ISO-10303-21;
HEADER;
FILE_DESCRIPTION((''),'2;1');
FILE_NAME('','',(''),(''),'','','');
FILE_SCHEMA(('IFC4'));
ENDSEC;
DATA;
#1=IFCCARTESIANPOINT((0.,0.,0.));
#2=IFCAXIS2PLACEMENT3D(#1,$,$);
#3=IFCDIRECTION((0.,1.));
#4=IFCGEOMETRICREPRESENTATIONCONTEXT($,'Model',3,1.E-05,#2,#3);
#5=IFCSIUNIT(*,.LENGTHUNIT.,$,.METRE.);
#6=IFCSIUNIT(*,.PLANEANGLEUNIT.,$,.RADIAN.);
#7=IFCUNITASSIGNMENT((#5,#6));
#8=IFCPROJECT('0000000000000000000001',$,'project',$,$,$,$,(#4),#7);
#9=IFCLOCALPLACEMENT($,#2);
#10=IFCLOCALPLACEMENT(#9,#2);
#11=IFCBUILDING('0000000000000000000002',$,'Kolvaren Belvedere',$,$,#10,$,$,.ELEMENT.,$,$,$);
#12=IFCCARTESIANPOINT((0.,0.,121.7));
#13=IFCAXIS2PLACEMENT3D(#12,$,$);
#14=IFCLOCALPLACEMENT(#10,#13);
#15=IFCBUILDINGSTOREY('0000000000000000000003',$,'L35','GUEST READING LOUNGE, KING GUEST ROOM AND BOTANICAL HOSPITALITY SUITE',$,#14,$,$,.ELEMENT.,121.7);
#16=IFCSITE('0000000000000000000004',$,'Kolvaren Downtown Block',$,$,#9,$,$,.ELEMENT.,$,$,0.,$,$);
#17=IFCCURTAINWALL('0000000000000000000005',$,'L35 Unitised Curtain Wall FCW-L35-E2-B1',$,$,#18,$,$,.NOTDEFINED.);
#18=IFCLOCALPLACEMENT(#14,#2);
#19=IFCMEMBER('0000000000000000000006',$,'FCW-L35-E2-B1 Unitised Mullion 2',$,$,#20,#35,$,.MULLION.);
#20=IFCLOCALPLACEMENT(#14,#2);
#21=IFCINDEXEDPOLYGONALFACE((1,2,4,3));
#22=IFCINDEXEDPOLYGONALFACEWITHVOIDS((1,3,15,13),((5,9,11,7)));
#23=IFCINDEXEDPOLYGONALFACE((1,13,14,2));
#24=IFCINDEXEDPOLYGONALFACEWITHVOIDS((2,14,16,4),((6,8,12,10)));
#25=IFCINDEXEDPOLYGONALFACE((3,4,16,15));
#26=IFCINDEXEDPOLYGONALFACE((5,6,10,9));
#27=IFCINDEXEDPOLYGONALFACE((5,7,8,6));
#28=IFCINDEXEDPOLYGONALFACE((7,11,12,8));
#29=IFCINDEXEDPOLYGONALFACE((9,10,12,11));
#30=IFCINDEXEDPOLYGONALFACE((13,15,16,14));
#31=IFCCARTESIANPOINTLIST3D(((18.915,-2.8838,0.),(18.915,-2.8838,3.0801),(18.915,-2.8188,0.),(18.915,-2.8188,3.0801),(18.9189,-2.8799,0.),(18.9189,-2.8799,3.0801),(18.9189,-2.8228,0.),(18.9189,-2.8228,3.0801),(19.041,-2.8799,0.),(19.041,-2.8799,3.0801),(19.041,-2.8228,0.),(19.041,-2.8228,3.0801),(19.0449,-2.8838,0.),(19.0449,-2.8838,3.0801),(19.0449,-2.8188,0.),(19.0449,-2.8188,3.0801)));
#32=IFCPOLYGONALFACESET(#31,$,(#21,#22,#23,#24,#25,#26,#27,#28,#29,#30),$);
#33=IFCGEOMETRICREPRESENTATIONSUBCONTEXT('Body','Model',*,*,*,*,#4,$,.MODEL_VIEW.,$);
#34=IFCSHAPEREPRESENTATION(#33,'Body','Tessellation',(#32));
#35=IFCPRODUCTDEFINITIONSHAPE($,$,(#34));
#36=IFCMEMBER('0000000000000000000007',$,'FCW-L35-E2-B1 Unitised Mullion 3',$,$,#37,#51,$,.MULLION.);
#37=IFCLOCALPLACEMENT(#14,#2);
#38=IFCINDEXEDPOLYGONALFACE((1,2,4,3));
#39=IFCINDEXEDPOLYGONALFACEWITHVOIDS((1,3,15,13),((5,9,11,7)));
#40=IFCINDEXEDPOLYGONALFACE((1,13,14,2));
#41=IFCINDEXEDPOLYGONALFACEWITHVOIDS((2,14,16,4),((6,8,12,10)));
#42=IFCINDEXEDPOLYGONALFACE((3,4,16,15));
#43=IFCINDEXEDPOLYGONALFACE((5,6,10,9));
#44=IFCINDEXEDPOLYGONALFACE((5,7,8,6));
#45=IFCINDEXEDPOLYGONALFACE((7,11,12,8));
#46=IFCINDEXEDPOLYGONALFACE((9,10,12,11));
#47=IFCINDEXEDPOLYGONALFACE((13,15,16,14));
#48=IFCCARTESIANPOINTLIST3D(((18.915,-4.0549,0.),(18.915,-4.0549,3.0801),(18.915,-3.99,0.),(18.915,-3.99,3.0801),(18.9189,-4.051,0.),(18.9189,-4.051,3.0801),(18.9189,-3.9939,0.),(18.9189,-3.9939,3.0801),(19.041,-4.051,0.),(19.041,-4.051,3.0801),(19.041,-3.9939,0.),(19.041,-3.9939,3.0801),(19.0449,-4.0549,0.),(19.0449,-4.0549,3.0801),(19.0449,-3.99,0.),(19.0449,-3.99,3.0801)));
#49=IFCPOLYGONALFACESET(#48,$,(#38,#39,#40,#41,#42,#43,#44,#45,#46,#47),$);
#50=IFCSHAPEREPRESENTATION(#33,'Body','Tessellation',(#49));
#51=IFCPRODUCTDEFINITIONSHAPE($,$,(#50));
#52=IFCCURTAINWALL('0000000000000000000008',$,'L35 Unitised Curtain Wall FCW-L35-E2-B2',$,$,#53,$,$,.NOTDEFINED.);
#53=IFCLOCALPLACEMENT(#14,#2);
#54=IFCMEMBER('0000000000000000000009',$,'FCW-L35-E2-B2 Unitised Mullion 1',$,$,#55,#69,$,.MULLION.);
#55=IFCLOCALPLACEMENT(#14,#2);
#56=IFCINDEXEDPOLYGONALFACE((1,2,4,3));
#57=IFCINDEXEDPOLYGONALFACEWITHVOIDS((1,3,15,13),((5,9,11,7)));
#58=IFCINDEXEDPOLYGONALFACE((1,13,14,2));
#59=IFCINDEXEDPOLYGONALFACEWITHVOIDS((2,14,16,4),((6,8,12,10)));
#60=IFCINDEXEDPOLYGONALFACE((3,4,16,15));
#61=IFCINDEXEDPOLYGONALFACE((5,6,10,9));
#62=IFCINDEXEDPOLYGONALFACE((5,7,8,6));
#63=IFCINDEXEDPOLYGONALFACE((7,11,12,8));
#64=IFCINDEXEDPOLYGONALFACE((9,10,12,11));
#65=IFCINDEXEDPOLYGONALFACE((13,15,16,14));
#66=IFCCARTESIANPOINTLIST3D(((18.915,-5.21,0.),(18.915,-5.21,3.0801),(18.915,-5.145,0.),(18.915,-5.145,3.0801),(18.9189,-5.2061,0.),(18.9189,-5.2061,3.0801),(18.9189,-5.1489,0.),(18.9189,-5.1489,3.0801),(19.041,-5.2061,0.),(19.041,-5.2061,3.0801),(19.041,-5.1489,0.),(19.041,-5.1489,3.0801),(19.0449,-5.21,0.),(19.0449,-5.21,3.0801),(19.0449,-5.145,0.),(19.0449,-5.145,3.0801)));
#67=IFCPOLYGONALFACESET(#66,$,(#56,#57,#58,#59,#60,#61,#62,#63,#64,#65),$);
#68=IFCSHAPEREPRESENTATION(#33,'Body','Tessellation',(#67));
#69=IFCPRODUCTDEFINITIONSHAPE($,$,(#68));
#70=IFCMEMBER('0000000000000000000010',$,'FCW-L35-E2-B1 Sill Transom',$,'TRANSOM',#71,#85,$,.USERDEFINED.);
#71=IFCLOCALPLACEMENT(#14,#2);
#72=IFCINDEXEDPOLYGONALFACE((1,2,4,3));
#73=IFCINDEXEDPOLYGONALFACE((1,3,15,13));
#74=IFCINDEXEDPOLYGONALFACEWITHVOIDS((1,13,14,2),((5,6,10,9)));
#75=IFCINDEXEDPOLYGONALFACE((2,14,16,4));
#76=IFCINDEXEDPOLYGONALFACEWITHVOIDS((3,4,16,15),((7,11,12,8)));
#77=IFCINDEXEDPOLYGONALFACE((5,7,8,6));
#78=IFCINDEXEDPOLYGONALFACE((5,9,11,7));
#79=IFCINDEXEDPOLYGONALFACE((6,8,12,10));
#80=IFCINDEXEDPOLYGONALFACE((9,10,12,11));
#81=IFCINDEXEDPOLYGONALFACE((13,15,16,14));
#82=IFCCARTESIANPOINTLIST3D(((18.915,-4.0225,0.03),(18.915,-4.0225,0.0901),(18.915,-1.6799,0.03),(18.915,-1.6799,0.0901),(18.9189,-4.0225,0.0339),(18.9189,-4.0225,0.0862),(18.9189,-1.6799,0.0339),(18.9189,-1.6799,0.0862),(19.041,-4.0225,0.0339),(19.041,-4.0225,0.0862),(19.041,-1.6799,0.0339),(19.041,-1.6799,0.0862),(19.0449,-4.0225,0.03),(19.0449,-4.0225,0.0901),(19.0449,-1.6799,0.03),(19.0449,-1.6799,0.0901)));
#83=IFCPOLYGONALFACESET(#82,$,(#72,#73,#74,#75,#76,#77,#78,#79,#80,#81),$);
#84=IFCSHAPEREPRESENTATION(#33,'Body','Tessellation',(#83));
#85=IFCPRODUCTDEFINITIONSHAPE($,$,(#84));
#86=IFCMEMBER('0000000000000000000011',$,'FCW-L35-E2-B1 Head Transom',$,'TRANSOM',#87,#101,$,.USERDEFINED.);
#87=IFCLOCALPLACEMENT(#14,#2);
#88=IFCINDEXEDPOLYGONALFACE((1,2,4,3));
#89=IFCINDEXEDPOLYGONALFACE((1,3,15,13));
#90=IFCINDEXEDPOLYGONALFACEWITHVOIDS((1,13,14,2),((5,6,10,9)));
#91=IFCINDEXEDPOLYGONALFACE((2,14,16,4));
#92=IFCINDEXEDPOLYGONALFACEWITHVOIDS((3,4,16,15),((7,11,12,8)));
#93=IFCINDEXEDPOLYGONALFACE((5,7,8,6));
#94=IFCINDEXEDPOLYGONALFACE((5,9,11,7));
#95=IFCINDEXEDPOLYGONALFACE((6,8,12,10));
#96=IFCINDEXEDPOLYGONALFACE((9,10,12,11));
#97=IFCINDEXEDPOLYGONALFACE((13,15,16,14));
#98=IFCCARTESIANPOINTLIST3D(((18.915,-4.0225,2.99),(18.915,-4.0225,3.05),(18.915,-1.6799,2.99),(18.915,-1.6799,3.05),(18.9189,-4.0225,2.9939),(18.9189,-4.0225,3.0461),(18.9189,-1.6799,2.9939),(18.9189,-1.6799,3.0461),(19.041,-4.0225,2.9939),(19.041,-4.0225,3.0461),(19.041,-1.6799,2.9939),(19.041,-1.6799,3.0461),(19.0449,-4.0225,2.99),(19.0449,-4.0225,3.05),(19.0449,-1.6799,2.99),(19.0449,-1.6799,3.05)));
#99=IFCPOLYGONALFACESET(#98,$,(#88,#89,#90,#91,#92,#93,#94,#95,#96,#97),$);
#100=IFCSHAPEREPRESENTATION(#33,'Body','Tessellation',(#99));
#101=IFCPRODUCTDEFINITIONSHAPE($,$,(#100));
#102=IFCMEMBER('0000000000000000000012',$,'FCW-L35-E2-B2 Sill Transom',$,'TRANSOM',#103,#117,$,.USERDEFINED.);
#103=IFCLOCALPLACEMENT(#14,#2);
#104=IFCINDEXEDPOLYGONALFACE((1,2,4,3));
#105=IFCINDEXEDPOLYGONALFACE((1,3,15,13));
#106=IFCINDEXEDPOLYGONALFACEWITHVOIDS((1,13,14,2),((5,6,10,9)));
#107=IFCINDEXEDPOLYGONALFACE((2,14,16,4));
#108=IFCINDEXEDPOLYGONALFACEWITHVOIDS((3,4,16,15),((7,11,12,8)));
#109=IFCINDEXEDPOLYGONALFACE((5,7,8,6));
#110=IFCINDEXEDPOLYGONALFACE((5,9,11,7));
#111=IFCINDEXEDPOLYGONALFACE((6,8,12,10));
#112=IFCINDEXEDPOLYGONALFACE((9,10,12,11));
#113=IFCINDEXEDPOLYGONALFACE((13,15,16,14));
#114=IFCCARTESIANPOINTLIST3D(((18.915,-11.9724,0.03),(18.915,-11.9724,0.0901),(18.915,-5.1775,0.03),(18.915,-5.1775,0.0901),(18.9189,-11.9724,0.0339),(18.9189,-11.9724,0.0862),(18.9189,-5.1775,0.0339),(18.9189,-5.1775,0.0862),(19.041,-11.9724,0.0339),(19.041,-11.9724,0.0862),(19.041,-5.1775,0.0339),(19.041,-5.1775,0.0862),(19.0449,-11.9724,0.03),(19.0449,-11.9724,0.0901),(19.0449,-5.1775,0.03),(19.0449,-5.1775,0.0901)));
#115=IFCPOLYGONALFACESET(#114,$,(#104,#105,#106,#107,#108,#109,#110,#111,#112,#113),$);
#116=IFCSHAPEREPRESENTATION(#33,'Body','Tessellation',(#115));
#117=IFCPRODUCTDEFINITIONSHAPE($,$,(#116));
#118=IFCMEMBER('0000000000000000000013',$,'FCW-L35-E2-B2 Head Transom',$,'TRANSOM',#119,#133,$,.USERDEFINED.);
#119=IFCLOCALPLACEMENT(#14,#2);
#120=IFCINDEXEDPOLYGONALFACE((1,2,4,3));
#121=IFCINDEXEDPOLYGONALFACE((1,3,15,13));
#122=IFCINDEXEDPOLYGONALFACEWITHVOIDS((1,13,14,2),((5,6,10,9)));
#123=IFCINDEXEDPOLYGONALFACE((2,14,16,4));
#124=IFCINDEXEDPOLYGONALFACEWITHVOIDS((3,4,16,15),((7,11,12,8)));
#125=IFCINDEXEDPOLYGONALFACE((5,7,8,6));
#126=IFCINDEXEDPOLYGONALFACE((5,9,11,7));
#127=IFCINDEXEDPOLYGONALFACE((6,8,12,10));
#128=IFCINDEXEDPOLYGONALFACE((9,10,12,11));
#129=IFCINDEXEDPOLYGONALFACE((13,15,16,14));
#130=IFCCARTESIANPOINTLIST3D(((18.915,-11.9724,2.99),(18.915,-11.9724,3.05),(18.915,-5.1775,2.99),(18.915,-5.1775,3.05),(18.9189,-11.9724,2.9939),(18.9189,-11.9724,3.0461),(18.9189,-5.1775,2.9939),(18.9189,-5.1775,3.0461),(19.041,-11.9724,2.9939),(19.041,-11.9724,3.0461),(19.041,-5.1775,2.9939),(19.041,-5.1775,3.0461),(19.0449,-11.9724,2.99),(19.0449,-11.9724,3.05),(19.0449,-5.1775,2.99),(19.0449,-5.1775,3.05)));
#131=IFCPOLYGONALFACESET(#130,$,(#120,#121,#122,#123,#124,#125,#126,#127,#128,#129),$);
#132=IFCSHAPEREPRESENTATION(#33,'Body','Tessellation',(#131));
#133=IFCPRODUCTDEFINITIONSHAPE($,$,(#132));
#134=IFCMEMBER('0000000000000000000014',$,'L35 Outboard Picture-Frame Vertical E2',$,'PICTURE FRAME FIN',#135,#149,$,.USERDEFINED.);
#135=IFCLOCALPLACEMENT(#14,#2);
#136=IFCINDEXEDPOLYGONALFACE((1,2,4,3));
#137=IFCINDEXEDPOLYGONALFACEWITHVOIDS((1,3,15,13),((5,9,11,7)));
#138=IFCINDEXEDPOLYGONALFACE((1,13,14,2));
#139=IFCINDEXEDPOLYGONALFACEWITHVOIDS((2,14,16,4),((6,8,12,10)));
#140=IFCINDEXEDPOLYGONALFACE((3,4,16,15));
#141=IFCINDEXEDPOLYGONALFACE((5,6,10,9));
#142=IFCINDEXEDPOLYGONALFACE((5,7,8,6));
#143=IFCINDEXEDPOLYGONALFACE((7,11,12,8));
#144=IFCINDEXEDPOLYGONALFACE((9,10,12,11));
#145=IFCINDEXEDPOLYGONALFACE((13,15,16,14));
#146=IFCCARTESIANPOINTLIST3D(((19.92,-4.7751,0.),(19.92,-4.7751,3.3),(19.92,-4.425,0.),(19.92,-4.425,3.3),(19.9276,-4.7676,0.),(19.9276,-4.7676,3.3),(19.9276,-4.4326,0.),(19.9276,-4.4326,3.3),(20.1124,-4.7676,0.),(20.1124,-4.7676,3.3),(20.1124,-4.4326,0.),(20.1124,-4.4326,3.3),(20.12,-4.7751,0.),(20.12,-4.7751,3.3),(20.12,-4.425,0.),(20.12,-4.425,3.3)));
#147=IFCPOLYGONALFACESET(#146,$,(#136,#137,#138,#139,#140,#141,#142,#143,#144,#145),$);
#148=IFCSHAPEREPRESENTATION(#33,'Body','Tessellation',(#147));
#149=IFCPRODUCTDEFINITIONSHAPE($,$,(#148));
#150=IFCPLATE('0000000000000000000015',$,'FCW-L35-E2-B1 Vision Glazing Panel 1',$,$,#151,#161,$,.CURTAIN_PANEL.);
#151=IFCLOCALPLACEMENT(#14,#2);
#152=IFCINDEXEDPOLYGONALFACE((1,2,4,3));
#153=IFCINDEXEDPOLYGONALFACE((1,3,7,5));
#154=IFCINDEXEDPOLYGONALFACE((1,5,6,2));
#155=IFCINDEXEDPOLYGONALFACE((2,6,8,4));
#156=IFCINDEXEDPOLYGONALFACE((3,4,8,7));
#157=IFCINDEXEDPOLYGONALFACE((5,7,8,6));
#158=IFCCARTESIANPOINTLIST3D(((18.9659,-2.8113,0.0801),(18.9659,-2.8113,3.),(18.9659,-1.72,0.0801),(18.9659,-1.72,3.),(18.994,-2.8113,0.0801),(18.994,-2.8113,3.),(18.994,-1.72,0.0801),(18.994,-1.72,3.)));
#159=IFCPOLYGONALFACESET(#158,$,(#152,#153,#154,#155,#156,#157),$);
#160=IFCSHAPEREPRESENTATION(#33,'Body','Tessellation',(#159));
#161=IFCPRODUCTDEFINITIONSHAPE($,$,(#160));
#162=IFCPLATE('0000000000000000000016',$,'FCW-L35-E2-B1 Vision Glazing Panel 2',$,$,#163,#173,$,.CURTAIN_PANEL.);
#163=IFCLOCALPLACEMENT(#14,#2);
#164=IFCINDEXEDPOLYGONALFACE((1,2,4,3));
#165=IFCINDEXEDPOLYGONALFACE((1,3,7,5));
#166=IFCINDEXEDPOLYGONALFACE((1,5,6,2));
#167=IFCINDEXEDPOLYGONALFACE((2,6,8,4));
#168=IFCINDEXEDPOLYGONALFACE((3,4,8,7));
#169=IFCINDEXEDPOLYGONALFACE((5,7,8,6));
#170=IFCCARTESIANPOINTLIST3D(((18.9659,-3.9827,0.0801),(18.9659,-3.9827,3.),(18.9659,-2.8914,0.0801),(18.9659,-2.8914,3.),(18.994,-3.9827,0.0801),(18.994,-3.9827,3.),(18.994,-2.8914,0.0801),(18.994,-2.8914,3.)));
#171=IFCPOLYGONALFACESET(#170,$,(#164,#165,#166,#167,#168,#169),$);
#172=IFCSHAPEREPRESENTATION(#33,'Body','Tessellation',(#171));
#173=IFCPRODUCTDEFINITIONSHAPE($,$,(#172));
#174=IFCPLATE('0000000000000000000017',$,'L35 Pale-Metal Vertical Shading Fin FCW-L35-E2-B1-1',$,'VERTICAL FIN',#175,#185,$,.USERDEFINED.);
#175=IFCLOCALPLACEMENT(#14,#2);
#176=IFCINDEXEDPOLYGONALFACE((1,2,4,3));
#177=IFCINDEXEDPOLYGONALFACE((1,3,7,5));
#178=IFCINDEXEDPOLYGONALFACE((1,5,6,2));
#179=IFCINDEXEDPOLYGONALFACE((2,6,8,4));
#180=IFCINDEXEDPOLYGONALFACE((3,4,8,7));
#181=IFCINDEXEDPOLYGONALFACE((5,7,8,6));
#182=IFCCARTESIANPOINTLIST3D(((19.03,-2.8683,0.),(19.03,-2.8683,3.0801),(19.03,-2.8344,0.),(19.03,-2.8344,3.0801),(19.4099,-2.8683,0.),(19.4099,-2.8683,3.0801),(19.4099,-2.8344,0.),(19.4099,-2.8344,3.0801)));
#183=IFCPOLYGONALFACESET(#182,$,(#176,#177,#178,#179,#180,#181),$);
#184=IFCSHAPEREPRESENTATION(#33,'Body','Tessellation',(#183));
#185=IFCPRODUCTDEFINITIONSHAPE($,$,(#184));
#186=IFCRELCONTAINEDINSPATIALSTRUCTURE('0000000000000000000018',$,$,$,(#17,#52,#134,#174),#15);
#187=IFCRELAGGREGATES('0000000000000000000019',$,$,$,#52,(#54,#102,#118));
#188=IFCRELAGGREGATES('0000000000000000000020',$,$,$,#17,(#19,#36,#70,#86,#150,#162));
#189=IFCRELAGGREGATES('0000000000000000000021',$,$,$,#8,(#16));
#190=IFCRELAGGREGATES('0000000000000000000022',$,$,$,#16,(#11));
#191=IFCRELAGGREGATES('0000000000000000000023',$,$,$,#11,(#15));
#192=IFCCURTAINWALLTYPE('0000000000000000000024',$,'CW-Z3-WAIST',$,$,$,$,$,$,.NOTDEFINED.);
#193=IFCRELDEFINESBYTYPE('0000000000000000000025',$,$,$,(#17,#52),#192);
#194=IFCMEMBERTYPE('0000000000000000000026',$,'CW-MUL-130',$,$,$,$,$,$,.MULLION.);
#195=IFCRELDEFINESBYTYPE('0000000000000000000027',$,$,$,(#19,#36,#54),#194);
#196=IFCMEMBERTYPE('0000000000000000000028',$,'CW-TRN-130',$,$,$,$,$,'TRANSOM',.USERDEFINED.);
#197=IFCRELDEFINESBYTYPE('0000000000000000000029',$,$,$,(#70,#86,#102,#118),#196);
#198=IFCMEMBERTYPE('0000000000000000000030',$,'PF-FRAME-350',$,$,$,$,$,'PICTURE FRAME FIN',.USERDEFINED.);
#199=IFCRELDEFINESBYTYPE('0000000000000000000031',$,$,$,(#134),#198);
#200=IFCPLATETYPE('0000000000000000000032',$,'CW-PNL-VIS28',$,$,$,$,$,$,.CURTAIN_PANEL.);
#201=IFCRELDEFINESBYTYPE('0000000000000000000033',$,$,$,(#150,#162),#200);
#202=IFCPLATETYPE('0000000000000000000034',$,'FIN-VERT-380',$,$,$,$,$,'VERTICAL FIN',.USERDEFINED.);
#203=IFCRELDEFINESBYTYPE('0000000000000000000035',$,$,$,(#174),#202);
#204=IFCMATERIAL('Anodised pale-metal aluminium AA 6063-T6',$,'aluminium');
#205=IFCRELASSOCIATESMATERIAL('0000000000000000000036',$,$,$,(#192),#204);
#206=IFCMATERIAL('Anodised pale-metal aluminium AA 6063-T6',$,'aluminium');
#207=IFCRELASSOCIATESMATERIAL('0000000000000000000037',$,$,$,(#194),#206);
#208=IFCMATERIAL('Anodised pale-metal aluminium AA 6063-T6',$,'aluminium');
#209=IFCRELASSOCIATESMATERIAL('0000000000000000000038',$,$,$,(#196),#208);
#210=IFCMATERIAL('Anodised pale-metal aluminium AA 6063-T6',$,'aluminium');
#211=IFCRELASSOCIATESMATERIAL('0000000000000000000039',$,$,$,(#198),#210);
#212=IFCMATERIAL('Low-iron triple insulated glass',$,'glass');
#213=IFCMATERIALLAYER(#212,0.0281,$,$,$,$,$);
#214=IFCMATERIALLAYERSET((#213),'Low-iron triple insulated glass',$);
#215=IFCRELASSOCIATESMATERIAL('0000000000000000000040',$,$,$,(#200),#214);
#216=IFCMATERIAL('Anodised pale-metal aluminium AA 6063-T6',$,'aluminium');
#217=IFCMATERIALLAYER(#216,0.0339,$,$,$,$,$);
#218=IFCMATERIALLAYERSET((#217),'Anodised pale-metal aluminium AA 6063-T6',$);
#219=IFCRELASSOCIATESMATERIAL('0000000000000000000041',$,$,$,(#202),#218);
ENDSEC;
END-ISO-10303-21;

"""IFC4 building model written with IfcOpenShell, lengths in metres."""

from ifc_helpers import new_model, si_unit, direction, frame, origin, origin_2d, place, context, subcontext, project, spatial, rectangle, hollow_rectangle, extrude, material, layer, layer_set, material_profile, profile_set, type_object, element, aggregate, save


model = new_model("IFC4")

# Units and contexts
model_context = context("Model", 3, precision=1e-05, world=origin(), true_north=direction((0.0, 1.0)))
body_context = subcontext(model_context, "Body", "Model", "MODEL_VIEW")
ifc_project = project(units=[si_unit("LENGTHUNIT", "METRE"), si_unit("PLANEANGLEUNIT", "RADIAN")], contexts=[model_context])

# Site, building, storey
site_placement = place(None, origin())
site = spatial("IfcSite", under=ifc_project, at=site_placement, Name="Kolvaren Downtown Block", CompositionType="ELEMENT", RefElevation=0.0)
building_placement = place(site_placement, origin())
building = spatial("IfcBuilding", under=site, at=building_placement, Name="Kolvaren Belvedere", CompositionType="ELEMENT")
storey_placement = place(building_placement, frame((0.0, 0.0, 121.7)))
storey = spatial("IfcBuildingStorey", under=building, at=storey_placement, Name="L35", Description="GUEST READING LOUNGE, KING GUEST ROOM AND BOTANICAL HOSPITALITY SUITE", CompositionType="ELEMENT", Elevation=121.7)

# Curtain wall, members
ifc_material_1 = material(Name="Anodised pale-metal aluminium AA 6063-T6", Category="aluminium")
curtain_wall_type = type_object("IfcCurtainWallType", Name="CW-Z3-WAIST", PredefinedType="NOTDEFINED", material=ifc_material_1)
curtain_wall_1_placement = place(storey_placement, origin())
curtain_wall_1 = element("IfcCurtainWall", 1, at=curtain_wall_1_placement, inside=storey, type_object=curtain_wall_type, Name="L35 Unitised Curtain Wall FCW-L35-E2-B1", PredefinedType="NOTDEFINED")
ifc_material_2 = material(Name="Anodised pale-metal aluminium AA 6063-T6", Category="aluminium")
ifc_material_profile_1 = material_profile(ifc_material_2, hollow_rectangle(XDim=0.0649, YDim=0.1299, WallThickness=0.0039, at=origin_2d()), Name="ALU-MUL-130X65")
ifc_profile_set_1 = profile_set([ifc_material_profile_1], Name="Anodised pale-metal aluminium AA 6063-T6")
member_type_1 = type_object("IfcMemberType", Name="CW-MUL-130", PredefinedType="MULLION", material=ifc_profile_set_1)
member_1_placement = place(storey_placement, frame((18.98, -2.8513, 0.0), z_axis=(0.0, 0.0, 1.0), x_axis=(0.0, 1.0, 0.0)))
member_1 = element("IfcMember", 2, at=member_1_placement, type_object=member_type_1, Name="FCW-L35-E2-B1 Unitised Mullion 2", PredefinedType="MULLION", context=body_context, shape_type="SweptSolid", body=[
    extrude(hollow_rectangle(XDim=0.0649, YDim=0.1299, WallThickness=0.0039, at=origin_2d()), origin(), (0.0, 0.0, 1.0), 3.0801),
])
member_2_placement = place(storey_placement, frame((18.98, -4.0225, 0.0), z_axis=(0.0, 0.0, 1.0), x_axis=(0.0, 1.0, 0.0)))
member_2 = element("IfcMember", 3, at=member_2_placement, type_object=member_type_1, Name="FCW-L35-E2-B1 Unitised Mullion 3", PredefinedType="MULLION", context=body_context, shape_type="SweptSolid", body=[
    extrude(hollow_rectangle(XDim=0.0649, YDim=0.1299, WallThickness=0.0039, at=origin_2d()), origin(), (0.0, 0.0, 1.0), 3.0801),
])

# Curtain wall, member
curtain_wall_2_placement = place(storey_placement, origin())
curtain_wall_2 = element("IfcCurtainWall", 4, at=curtain_wall_2_placement, inside=storey, type_object=curtain_wall_type, Name="L35 Unitised Curtain Wall FCW-L35-E2-B2", PredefinedType="NOTDEFINED")
member_3_placement = place(storey_placement, frame((18.98, -5.1775, 0.0), z_axis=(0.0, 0.0, 1.0), x_axis=(0.0, 1.0, 0.0)))
member_3 = element("IfcMember", 5, at=member_3_placement, type_object=member_type_1, Name="FCW-L35-E2-B2 Unitised Mullion 1", PredefinedType="MULLION", context=body_context, shape_type="SweptSolid", body=[
    extrude(hollow_rectangle(XDim=0.0649, YDim=0.1299, WallThickness=0.0039, at=origin_2d()), origin(), (0.0, 0.0, 1.0), 3.0801),
])

# Members
ifc_material_3 = material(Name="Anodised pale-metal aluminium AA 6063-T6", Category="aluminium")
ifc_material_profile_2 = material_profile(ifc_material_3, hollow_rectangle(XDim=0.0601, YDim=0.1299, WallThickness=0.0039, at=origin_2d()), Name="ALU-TRN-130X60")
ifc_profile_set_2 = profile_set([ifc_material_profile_2], Name="Anodised pale-metal aluminium AA 6063-T6")
member_type_2 = type_object("IfcMemberType", Name="CW-TRN-130", ElementType="TRANSOM", PredefinedType="USERDEFINED", material=ifc_profile_set_2)
member_4_placement = place(storey_placement, frame((18.98, -1.6799, 0.0601), z_axis=(0.0, -1.0, 0.0), x_axis=(0.0, 0.0, 1.0)))
member_4 = element("IfcMember", 6, at=member_4_placement, type_object=member_type_2, Name="FCW-L35-E2-B1 Sill Transom", ObjectType="TRANSOM", PredefinedType="USERDEFINED", context=body_context, shape_type="SweptSolid", body=[
    extrude(hollow_rectangle(XDim=0.0601, YDim=0.1299, WallThickness=0.0039, at=origin_2d()), origin(), (0.0, 0.0, 1.0), 2.3425),
])
member_5_placement = place(storey_placement, frame((18.98, -1.6799, 3.02), z_axis=(0.0, -1.0, 0.0), x_axis=(0.0, 0.0, 1.0)))
member_5 = element("IfcMember", 7, at=member_5_placement, type_object=member_type_2, Name="FCW-L35-E2-B1 Head Transom", ObjectType="TRANSOM", PredefinedType="USERDEFINED", context=body_context, shape_type="SweptSolid", body=[
    extrude(hollow_rectangle(XDim=0.0601, YDim=0.1299, WallThickness=0.0039, at=origin_2d()), origin(), (0.0, 0.0, 1.0), 2.3425),
])
member_6_placement = place(storey_placement, frame((18.98, -5.1775, 0.0601), z_axis=(0.0, -1.0, 0.0), x_axis=(0.0, 0.0, 1.0)))
member_6 = element("IfcMember", 8, at=member_6_placement, type_object=member_type_2, Name="FCW-L35-E2-B2 Sill Transom", ObjectType="TRANSOM", PredefinedType="USERDEFINED", context=body_context, shape_type="SweptSolid", body=[
    extrude(hollow_rectangle(XDim=0.0601, YDim=0.1299, WallThickness=0.0039, at=origin_2d()), origin(), (0.0, 0.0, 1.0), 6.7949),
])
member_7_placement = place(storey_placement, frame((18.98, -5.1775, 3.02), z_axis=(0.0, -1.0, 0.0), x_axis=(0.0, 0.0, 1.0)))
member_7 = element("IfcMember", 9, at=member_7_placement, type_object=member_type_2, Name="FCW-L35-E2-B2 Head Transom", ObjectType="TRANSOM", PredefinedType="USERDEFINED", context=body_context, shape_type="SweptSolid", body=[
    extrude(hollow_rectangle(XDim=0.0601, YDim=0.1299, WallThickness=0.0039, at=origin_2d()), origin(), (0.0, 0.0, 1.0), 6.7949),
])
aggregate(curtain_wall_2, [member_3, member_6, member_7])
ifc_material_4 = material(Name="Anodised pale-metal aluminium AA 6063-T6", Category="aluminium")
ifc_material_profile_3 = material_profile(ifc_material_4, hollow_rectangle(XDim=0.2, YDim=0.3501, WallThickness=0.0076, at=origin_2d()), Name="ALU-PF-350X200")
ifc_profile_set_3 = profile_set([ifc_material_profile_3], Name="Anodised pale-metal aluminium AA 6063-T6")
member_type_3 = type_object("IfcMemberType", Name="PF-FRAME-350", ElementType="PICTURE FRAME FIN", PredefinedType="USERDEFINED", material=ifc_profile_set_3)
member_8_placement = place(storey_placement, frame((20.02, -4.6001, 0.0), z_axis=(0.0, 0.0, 1.0), x_axis=(1.0, 0.0, 0.0)))
element("IfcMember", 10, at=member_8_placement, inside=storey, type_object=member_type_3, Name="L35 Outboard Picture-Frame Vertical E2", ObjectType="PICTURE FRAME FIN", PredefinedType="USERDEFINED", context=body_context, shape_type="SweptSolid", body=[
    extrude(hollow_rectangle(XDim=0.2, YDim=0.3501, WallThickness=0.0076, at=origin_2d()), origin(), (0.0, 0.0, 1.0), 3.3),
])

# Plates
ifc_material_5 = material(Name="Low-iron triple insulated glass", Category="glass")
ifc_layer_1 = layer(ifc_material_5, 0.0281)
ifc_layer_set_1 = layer_set([ifc_layer_1], Name="Low-iron triple insulated glass")
plate_type_1 = type_object("IfcPlateType", Name="CW-PNL-VIS28", PredefinedType="CURTAIN_PANEL", material=ifc_layer_set_1)
plate_1_placement = place(storey_placement, frame((18.98, -2.2656, 0.0801), z_axis=(0.0, 0.0, 1.0), x_axis=(0.0, -1.0, 0.0)))
plate_1 = element("IfcPlate", 11, at=plate_1_placement, type_object=plate_type_1, Name="FCW-L35-E2-B1 Vision Glazing Panel 1", PredefinedType="CURTAIN_PANEL", context=body_context, shape_type="SweptSolid", body=[
    extrude(rectangle(XDim=1.0913, YDim=0.0281, at=origin_2d()), origin(), (0.0, 0.0, 1.0), 2.9199),
])
plate_2_placement = place(storey_placement, frame((18.98, -3.437, 0.0801), z_axis=(0.0, 0.0, 1.0), x_axis=(0.0, -1.0, 0.0)))
plate_2 = element("IfcPlate", 12, at=plate_2_placement, type_object=plate_type_1, Name="FCW-L35-E2-B1 Vision Glazing Panel 2", PredefinedType="CURTAIN_PANEL", context=body_context, shape_type="SweptSolid", body=[
    extrude(rectangle(XDim=1.0913, YDim=0.0281, at=origin_2d()), origin(), (0.0, 0.0, 1.0), 2.9199),
])
aggregate(curtain_wall_1, [member_1, member_2, member_4, member_5, plate_1, plate_2])
ifc_material_6 = material(Name="Anodised pale-metal aluminium AA 6063-T6", Category="aluminium")
ifc_layer_2 = layer(ifc_material_6, 0.0339)
ifc_layer_set_2 = layer_set([ifc_layer_2], Name="Anodised pale-metal aluminium AA 6063-T6")
plate_type_2 = type_object("IfcPlateType", Name="FIN-VERT-380", ElementType="VERTICAL FIN", PredefinedType="USERDEFINED", material=ifc_layer_set_2)
plate_3_placement = place(storey_placement, frame((19.22, -2.8513, 0.0), z_axis=(0.0, 0.0, 1.0), x_axis=(1.0, 0.0, 0.0)))
element("IfcPlate", 13, at=plate_3_placement, inside=storey, type_object=plate_type_2, Name="L35 Pale-Metal Vertical Shading Fin FCW-L35-E2-B1-1", ObjectType="VERTICAL FIN", PredefinedType="USERDEFINED", context=body_context, shape_type="SweptSolid", body=[
    extrude(rectangle(XDim=0.3799, YDim=0.0339, at=origin_2d()), origin(), (0.0, 0.0, 1.0), 3.0801),
])

save(model, "model.ifc")
